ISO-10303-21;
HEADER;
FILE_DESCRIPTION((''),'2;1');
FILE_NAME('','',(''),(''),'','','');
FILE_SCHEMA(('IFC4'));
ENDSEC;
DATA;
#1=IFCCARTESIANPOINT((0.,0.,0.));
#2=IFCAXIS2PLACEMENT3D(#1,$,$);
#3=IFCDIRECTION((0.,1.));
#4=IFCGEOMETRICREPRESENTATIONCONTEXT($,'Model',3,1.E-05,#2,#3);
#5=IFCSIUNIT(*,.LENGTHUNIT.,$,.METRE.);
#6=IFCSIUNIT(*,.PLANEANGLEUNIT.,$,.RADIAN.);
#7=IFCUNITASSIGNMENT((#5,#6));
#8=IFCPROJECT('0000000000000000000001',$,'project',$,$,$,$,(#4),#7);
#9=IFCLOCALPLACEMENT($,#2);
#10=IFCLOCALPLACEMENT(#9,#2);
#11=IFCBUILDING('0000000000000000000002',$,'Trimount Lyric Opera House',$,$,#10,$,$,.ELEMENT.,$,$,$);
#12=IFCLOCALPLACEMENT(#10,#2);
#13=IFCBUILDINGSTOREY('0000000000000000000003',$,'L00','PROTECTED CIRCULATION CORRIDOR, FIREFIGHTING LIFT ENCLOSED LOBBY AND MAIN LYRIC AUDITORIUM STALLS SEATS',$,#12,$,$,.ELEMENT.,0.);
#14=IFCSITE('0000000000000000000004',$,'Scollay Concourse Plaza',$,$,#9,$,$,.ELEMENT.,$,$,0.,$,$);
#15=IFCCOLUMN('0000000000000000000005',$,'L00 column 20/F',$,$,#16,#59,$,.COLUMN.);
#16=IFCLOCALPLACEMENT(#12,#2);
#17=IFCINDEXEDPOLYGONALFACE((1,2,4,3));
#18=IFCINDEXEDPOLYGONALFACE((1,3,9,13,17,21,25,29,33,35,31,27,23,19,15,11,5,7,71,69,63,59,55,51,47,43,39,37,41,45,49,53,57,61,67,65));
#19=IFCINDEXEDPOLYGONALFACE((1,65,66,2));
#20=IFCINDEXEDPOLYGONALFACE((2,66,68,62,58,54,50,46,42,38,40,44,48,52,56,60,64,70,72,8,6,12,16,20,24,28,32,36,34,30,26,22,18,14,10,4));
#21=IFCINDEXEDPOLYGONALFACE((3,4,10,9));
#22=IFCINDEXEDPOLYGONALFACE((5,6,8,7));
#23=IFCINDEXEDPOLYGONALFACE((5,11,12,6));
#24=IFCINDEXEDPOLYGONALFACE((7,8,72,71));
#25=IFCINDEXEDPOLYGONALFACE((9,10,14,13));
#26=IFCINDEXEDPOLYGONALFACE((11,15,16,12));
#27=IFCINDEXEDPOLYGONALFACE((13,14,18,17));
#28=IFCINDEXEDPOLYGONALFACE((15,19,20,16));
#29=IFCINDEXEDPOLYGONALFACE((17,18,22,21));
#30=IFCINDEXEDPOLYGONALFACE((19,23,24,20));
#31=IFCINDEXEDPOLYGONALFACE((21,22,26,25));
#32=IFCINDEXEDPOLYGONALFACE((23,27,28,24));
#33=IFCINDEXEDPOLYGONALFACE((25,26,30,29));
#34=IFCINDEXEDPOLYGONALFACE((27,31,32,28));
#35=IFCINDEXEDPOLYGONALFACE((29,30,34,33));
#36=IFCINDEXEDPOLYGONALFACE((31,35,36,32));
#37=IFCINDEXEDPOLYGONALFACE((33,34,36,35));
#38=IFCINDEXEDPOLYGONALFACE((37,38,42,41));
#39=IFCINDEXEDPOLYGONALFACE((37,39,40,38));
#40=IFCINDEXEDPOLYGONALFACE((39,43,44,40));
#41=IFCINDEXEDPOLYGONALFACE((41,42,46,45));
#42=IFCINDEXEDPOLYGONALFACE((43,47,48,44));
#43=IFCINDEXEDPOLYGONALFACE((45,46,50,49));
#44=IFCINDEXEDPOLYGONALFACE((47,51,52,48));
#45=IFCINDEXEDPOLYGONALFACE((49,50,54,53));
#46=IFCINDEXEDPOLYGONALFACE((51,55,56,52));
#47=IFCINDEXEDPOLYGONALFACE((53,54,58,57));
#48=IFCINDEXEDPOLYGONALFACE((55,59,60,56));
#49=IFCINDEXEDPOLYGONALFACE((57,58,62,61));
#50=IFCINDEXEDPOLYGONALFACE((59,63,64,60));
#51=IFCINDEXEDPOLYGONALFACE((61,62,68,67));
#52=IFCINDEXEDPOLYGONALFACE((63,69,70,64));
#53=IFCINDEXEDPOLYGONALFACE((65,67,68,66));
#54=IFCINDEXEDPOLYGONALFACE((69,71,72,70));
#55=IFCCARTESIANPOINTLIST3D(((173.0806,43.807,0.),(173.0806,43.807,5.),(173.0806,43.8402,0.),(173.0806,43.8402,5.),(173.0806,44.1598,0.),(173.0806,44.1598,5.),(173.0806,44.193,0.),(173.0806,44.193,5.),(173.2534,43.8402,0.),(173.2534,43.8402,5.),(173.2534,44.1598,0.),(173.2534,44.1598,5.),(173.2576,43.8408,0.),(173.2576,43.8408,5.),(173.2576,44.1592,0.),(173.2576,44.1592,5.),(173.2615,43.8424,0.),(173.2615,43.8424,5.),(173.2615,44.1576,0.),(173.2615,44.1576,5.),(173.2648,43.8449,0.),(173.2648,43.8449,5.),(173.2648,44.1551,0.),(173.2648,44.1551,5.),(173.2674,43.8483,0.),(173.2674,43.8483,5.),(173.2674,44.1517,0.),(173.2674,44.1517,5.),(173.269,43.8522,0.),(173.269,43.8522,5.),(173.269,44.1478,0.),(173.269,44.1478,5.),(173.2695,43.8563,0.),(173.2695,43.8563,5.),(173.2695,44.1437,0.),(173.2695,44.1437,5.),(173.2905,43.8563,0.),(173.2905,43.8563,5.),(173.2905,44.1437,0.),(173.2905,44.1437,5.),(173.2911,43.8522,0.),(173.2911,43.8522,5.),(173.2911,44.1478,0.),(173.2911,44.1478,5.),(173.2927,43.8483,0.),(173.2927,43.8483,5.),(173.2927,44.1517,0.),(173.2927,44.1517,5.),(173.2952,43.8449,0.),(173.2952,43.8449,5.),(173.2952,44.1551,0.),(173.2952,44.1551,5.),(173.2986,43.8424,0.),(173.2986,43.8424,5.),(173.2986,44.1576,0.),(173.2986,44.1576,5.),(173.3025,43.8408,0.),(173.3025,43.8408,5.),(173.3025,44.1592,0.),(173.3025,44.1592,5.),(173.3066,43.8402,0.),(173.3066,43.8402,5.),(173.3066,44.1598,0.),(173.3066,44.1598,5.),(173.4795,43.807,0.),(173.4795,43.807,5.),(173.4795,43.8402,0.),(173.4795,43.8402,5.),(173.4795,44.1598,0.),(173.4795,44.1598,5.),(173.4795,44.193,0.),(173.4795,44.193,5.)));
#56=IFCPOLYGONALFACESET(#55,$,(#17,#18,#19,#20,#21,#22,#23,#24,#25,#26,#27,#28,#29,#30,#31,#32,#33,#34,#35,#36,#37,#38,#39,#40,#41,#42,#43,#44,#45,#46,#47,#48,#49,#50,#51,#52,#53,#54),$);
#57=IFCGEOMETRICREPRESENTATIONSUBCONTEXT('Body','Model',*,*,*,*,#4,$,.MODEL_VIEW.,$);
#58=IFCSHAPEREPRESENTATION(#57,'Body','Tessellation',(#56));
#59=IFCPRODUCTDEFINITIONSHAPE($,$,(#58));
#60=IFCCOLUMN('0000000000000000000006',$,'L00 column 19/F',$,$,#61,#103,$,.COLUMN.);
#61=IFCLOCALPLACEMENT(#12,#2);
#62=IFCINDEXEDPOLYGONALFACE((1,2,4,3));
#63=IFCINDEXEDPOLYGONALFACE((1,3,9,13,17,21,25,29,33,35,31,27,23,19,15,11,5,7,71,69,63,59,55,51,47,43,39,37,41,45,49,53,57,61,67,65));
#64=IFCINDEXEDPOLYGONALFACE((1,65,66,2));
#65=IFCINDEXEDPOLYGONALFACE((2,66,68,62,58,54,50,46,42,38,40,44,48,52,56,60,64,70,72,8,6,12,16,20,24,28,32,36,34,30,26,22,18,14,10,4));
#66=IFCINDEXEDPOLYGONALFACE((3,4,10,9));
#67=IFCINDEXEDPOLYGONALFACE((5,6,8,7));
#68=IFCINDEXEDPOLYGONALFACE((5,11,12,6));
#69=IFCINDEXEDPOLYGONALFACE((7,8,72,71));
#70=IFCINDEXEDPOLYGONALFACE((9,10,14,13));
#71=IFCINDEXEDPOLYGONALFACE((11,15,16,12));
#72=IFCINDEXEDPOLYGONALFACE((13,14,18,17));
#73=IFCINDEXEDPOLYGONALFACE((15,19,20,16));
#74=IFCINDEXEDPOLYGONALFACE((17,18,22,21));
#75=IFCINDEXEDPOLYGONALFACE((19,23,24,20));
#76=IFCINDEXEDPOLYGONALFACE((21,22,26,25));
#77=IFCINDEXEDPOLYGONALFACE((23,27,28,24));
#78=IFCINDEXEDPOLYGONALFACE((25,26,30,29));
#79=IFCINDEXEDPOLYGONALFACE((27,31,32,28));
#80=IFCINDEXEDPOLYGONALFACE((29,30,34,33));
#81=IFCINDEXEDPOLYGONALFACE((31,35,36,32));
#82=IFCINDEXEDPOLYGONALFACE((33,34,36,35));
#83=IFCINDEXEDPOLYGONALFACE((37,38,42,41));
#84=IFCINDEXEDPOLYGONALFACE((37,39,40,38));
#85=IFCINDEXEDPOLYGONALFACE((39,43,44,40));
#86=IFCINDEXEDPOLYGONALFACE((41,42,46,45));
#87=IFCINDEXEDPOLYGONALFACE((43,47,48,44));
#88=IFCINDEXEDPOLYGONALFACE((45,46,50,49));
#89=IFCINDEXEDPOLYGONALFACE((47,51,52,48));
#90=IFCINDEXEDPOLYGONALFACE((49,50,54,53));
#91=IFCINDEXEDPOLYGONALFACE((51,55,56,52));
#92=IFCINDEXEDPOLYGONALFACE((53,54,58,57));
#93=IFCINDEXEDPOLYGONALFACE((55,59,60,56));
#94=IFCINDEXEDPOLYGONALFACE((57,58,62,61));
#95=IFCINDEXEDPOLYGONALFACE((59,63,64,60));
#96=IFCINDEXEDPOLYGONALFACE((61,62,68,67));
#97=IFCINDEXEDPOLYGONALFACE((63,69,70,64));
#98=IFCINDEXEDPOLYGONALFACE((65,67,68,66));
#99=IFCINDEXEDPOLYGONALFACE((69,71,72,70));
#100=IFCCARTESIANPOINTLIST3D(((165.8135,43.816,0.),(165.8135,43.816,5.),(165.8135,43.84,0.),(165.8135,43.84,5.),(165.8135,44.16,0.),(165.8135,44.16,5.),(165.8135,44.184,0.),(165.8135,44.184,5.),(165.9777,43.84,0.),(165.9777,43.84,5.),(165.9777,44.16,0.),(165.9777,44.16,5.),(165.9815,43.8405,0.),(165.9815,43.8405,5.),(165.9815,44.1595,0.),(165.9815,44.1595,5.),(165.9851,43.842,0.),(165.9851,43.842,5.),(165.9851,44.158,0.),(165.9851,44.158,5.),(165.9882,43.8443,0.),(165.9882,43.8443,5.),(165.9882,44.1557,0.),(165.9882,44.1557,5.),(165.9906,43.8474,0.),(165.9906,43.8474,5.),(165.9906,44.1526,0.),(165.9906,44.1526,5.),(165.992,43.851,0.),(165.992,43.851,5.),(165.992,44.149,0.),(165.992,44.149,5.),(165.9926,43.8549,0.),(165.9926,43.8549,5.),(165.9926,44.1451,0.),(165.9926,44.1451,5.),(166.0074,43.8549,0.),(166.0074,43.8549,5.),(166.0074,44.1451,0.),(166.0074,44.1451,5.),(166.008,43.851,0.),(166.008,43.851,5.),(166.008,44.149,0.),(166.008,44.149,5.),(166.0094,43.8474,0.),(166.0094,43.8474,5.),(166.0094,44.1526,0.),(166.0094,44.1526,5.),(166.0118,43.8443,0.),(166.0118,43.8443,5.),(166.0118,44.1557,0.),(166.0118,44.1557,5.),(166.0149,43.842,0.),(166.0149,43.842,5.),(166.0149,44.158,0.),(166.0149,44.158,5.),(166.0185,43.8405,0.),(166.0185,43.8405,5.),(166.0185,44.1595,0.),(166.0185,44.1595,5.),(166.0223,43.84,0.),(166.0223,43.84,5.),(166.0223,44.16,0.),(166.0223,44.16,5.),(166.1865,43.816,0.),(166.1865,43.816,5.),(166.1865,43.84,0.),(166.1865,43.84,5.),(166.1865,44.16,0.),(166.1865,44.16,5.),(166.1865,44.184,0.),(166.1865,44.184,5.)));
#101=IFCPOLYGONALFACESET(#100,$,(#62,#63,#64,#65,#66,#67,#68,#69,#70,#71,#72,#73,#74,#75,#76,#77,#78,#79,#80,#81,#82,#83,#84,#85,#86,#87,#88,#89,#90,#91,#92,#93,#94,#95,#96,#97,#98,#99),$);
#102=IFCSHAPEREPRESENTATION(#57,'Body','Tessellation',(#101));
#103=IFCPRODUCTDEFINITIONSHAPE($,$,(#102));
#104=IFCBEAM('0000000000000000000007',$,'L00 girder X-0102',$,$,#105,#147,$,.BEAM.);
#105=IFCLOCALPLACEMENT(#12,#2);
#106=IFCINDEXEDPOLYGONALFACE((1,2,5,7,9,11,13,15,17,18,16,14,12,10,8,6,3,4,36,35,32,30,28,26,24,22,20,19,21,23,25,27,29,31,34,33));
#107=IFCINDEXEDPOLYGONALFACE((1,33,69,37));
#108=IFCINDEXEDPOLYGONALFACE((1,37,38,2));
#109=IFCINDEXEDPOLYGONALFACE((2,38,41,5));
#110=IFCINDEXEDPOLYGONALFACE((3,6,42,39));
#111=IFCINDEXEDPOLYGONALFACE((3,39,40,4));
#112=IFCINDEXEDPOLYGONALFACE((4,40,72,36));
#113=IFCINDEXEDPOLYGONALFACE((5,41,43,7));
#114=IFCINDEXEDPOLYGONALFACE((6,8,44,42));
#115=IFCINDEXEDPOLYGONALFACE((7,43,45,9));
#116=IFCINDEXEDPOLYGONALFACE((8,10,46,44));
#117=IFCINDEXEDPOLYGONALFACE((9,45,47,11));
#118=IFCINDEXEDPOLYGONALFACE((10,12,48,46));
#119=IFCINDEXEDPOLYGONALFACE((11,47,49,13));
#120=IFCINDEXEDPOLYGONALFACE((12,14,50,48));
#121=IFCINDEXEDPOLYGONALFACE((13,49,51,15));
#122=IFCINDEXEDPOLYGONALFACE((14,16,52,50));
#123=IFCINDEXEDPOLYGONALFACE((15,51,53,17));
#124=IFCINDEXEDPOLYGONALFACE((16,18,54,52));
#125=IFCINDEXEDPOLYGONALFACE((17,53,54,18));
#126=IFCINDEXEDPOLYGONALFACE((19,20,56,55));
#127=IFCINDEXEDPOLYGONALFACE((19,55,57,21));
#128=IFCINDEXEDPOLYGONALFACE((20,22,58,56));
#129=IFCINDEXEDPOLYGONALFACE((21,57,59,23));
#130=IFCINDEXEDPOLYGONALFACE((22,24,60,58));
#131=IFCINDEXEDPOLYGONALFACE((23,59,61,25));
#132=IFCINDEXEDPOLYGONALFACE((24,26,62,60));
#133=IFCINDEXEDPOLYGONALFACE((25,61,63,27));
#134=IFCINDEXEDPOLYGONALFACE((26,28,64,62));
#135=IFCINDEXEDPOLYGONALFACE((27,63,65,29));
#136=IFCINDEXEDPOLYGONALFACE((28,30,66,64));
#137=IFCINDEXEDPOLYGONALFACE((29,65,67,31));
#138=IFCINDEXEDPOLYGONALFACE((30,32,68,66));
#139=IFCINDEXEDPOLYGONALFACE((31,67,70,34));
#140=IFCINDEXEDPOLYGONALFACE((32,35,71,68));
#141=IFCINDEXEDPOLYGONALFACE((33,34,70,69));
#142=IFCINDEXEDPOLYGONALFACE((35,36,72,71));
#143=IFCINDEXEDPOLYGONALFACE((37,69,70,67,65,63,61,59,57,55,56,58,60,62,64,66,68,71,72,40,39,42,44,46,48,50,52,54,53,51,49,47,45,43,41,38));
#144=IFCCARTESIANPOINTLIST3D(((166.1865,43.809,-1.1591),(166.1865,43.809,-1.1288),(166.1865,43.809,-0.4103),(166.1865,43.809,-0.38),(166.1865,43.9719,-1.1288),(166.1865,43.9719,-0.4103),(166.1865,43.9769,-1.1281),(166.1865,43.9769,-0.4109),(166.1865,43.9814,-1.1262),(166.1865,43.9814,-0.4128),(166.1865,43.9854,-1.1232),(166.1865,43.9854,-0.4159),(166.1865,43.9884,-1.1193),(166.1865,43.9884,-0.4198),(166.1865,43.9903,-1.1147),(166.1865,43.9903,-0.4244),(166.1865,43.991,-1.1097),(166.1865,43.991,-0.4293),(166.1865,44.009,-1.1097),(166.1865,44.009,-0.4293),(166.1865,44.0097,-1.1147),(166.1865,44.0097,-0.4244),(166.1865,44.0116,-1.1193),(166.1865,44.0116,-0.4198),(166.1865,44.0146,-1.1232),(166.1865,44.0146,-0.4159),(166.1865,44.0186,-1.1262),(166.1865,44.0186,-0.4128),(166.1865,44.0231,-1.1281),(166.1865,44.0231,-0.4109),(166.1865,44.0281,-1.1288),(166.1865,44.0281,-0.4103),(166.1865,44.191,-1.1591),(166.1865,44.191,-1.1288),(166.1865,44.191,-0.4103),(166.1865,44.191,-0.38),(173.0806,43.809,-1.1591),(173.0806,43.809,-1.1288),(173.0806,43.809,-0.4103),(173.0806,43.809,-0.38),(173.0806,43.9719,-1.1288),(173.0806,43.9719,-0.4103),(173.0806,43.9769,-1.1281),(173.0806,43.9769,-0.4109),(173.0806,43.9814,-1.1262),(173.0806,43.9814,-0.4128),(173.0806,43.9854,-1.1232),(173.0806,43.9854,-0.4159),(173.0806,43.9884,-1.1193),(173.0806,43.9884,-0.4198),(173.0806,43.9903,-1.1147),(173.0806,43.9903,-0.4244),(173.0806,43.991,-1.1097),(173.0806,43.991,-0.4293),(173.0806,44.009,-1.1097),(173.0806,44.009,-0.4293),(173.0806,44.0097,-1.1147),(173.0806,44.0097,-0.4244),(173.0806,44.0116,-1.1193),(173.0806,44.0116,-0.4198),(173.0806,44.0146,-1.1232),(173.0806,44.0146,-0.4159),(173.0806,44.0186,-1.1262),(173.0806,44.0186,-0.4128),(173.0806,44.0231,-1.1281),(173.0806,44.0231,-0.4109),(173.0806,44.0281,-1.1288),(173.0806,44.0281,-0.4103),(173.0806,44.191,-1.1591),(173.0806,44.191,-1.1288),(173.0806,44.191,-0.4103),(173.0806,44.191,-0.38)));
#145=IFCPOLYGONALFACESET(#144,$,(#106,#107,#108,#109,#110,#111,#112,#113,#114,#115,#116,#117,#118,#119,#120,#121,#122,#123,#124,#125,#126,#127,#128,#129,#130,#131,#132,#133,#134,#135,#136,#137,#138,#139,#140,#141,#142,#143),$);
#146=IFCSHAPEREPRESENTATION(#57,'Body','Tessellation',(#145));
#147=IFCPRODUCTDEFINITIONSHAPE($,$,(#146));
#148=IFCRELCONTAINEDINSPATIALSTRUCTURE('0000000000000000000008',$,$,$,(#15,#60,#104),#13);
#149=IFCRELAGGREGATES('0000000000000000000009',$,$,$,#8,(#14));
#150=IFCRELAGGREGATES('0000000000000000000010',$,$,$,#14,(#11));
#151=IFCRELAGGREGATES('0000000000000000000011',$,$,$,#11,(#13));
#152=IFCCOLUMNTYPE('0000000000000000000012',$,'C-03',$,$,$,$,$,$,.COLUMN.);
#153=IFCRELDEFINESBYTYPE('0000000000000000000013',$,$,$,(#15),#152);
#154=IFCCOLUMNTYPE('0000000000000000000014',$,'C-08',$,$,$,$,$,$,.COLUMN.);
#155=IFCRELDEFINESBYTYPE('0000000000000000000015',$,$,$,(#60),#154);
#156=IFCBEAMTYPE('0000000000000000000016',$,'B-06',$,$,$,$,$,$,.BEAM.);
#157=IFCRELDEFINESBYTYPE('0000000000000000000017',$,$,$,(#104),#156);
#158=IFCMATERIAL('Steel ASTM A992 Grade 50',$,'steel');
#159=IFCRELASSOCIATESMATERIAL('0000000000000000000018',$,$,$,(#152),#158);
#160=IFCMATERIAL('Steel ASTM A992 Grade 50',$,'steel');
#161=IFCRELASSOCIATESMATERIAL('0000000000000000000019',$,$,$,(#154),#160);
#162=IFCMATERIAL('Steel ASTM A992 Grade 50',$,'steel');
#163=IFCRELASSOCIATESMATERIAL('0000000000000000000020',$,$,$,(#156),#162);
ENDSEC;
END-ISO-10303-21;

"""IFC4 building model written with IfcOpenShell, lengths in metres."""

from ifc_helpers import new_model, si_unit, direction, frame, origin, origin_2d, place, context, subcontext, project, spatial, i_section, extrude, material, material_profile, profile_set, type_object, element, save


model = new_model("IFC4")

# Units and contexts
model_context = context("Model", 3, precision=1e-05, world=origin(), true_north=direction((0.0, 1.0)))
body_context = subcontext(model_context, "Body", "Model", "MODEL_VIEW")
ifc_project = project(units=[si_unit("LENGTHUNIT", "METRE"), si_unit("PLANEANGLEUNIT", "RADIAN")], contexts=[model_context])

# Site, building, storey
site_placement = place(None, origin())
site = spatial("IfcSite", under=ifc_project, at=site_placement, Name="Scollay Concourse Plaza", CompositionType="ELEMENT", RefElevation=0.0)
building_placement = place(site_placement, origin())
building = spatial("IfcBuilding", under=site, at=building_placement, Name="Trimount Lyric Opera House", CompositionType="ELEMENT")
storey_placement = place(building_placement, origin())
storey = spatial("IfcBuildingStorey", under=building, at=storey_placement, Name="L00", Description="PROTECTED CIRCULATION CORRIDOR, FIREFIGHTING LIFT ENCLOSED LOBBY AND MAIN LYRIC AUDITORIUM STALLS SEATS", CompositionType="ELEMENT", Elevation=0.0)

# Columns
ifc_material_1 = material(Name="Steel ASTM A992 Grade 50", Category="steel")
ifc_material_profile_1 = material_profile(ifc_material_1, i_section(OverallWidth=0.3989, OverallDepth=0.386, WebThickness=0.021, FlangeThickness=0.0332, FilletRadius=0.0161, at=origin_2d()), Name="W14X176")
ifc_profile_set_1 = profile_set([ifc_material_profile_1], Name="Steel ASTM A992 Grade 50")
column_type_1 = type_object("IfcColumnType", Name="C-03", PredefinedType="COLUMN", material=ifc_profile_set_1)
column_1_placement = place(storey_placement, frame((173.28, 44.0, 0.0), z_axis=(0.0, 0.0, 1.0), x_axis=(1.0, 0.0, 0.0)))
element("IfcColumn", 1, at=column_1_placement, inside=storey, type_object=column_type_1, Name="L00 column 20/F", PredefinedType="COLUMN", context=body_context, shape_type="SweptSolid", body=[
    extrude(i_section(OverallWidth=0.3989, OverallDepth=0.386, WebThickness=0.021, FlangeThickness=0.0332, FilletRadius=0.0161, at=origin_2d()), origin(), (0.0, 0.0, 1.0), 5.0),
])
ifc_material_2 = material(Name="Steel ASTM A992 Grade 50", Category="steel")
ifc_material_profile_2 = material_profile(ifc_material_2, i_section(OverallWidth=0.373, OverallDepth=0.3679, WebThickness=0.0149, FlangeThickness=0.0239, FilletRadius=0.0149, at=origin_2d()), Name="W14X120")
ifc_profile_set_2 = profile_set([ifc_material_profile_2], Name="Steel ASTM A992 Grade 50")
column_type_2 = type_object("IfcColumnType", Name="C-08", PredefinedType="COLUMN", material=ifc_profile_set_2)
column_2_placement = place(storey_placement, frame((166.0, 44.0, 0.0), z_axis=(0.0, 0.0, 1.0), x_axis=(1.0, 0.0, 0.0)))
element("IfcColumn", 2, at=column_2_placement, inside=storey, type_object=column_type_2, Name="L00 column 19/F", PredefinedType="COLUMN", context=body_context, shape_type="SweptSolid", body=[
    extrude(i_section(OverallWidth=0.373, OverallDepth=0.3679, WebThickness=0.0149, FlangeThickness=0.0239, FilletRadius=0.0149, at=origin_2d()), origin(), (0.0, 0.0, 1.0), 5.0),
])

# Beam
ifc_material_3 = material(Name="Steel ASTM A992 Grade 50", Category="steel")
ifc_material_profile_3 = material_profile(ifc_material_3, i_section(OverallWidth=0.3821, OverallDepth=0.7791, WebThickness=0.0181, FlangeThickness=0.0303, FilletRadius=0.019, at=origin_2d()), Name="W30X191")
ifc_profile_set_3 = profile_set([ifc_material_profile_3], Name="Steel ASTM A992 Grade 50")
beam_type_1 = type_object("IfcBeamType", Name="B-06", PredefinedType="BEAM", material=ifc_profile_set_3)
beam_1_placement = place(storey_placement, frame((166.1865, 44.0, -0.7695), z_axis=(1.0, 0.0, 0.0), x_axis=(0.0, 1.0, 0.0)))
element("IfcBeam", 3, at=beam_1_placement, inside=storey, type_object=beam_type_1, Name="L00 girder X-0102", PredefinedType="BEAM", context=body_context, shape_type="SweptSolid", body=[
    extrude(i_section(OverallWidth=0.3821, OverallDepth=0.7791, WebThickness=0.0181, FlangeThickness=0.0303, FilletRadius=0.019, at=origin_2d()), origin(), (0.0, 0.0, 1.0), 6.894),
])

save(model, "model.ifc")
